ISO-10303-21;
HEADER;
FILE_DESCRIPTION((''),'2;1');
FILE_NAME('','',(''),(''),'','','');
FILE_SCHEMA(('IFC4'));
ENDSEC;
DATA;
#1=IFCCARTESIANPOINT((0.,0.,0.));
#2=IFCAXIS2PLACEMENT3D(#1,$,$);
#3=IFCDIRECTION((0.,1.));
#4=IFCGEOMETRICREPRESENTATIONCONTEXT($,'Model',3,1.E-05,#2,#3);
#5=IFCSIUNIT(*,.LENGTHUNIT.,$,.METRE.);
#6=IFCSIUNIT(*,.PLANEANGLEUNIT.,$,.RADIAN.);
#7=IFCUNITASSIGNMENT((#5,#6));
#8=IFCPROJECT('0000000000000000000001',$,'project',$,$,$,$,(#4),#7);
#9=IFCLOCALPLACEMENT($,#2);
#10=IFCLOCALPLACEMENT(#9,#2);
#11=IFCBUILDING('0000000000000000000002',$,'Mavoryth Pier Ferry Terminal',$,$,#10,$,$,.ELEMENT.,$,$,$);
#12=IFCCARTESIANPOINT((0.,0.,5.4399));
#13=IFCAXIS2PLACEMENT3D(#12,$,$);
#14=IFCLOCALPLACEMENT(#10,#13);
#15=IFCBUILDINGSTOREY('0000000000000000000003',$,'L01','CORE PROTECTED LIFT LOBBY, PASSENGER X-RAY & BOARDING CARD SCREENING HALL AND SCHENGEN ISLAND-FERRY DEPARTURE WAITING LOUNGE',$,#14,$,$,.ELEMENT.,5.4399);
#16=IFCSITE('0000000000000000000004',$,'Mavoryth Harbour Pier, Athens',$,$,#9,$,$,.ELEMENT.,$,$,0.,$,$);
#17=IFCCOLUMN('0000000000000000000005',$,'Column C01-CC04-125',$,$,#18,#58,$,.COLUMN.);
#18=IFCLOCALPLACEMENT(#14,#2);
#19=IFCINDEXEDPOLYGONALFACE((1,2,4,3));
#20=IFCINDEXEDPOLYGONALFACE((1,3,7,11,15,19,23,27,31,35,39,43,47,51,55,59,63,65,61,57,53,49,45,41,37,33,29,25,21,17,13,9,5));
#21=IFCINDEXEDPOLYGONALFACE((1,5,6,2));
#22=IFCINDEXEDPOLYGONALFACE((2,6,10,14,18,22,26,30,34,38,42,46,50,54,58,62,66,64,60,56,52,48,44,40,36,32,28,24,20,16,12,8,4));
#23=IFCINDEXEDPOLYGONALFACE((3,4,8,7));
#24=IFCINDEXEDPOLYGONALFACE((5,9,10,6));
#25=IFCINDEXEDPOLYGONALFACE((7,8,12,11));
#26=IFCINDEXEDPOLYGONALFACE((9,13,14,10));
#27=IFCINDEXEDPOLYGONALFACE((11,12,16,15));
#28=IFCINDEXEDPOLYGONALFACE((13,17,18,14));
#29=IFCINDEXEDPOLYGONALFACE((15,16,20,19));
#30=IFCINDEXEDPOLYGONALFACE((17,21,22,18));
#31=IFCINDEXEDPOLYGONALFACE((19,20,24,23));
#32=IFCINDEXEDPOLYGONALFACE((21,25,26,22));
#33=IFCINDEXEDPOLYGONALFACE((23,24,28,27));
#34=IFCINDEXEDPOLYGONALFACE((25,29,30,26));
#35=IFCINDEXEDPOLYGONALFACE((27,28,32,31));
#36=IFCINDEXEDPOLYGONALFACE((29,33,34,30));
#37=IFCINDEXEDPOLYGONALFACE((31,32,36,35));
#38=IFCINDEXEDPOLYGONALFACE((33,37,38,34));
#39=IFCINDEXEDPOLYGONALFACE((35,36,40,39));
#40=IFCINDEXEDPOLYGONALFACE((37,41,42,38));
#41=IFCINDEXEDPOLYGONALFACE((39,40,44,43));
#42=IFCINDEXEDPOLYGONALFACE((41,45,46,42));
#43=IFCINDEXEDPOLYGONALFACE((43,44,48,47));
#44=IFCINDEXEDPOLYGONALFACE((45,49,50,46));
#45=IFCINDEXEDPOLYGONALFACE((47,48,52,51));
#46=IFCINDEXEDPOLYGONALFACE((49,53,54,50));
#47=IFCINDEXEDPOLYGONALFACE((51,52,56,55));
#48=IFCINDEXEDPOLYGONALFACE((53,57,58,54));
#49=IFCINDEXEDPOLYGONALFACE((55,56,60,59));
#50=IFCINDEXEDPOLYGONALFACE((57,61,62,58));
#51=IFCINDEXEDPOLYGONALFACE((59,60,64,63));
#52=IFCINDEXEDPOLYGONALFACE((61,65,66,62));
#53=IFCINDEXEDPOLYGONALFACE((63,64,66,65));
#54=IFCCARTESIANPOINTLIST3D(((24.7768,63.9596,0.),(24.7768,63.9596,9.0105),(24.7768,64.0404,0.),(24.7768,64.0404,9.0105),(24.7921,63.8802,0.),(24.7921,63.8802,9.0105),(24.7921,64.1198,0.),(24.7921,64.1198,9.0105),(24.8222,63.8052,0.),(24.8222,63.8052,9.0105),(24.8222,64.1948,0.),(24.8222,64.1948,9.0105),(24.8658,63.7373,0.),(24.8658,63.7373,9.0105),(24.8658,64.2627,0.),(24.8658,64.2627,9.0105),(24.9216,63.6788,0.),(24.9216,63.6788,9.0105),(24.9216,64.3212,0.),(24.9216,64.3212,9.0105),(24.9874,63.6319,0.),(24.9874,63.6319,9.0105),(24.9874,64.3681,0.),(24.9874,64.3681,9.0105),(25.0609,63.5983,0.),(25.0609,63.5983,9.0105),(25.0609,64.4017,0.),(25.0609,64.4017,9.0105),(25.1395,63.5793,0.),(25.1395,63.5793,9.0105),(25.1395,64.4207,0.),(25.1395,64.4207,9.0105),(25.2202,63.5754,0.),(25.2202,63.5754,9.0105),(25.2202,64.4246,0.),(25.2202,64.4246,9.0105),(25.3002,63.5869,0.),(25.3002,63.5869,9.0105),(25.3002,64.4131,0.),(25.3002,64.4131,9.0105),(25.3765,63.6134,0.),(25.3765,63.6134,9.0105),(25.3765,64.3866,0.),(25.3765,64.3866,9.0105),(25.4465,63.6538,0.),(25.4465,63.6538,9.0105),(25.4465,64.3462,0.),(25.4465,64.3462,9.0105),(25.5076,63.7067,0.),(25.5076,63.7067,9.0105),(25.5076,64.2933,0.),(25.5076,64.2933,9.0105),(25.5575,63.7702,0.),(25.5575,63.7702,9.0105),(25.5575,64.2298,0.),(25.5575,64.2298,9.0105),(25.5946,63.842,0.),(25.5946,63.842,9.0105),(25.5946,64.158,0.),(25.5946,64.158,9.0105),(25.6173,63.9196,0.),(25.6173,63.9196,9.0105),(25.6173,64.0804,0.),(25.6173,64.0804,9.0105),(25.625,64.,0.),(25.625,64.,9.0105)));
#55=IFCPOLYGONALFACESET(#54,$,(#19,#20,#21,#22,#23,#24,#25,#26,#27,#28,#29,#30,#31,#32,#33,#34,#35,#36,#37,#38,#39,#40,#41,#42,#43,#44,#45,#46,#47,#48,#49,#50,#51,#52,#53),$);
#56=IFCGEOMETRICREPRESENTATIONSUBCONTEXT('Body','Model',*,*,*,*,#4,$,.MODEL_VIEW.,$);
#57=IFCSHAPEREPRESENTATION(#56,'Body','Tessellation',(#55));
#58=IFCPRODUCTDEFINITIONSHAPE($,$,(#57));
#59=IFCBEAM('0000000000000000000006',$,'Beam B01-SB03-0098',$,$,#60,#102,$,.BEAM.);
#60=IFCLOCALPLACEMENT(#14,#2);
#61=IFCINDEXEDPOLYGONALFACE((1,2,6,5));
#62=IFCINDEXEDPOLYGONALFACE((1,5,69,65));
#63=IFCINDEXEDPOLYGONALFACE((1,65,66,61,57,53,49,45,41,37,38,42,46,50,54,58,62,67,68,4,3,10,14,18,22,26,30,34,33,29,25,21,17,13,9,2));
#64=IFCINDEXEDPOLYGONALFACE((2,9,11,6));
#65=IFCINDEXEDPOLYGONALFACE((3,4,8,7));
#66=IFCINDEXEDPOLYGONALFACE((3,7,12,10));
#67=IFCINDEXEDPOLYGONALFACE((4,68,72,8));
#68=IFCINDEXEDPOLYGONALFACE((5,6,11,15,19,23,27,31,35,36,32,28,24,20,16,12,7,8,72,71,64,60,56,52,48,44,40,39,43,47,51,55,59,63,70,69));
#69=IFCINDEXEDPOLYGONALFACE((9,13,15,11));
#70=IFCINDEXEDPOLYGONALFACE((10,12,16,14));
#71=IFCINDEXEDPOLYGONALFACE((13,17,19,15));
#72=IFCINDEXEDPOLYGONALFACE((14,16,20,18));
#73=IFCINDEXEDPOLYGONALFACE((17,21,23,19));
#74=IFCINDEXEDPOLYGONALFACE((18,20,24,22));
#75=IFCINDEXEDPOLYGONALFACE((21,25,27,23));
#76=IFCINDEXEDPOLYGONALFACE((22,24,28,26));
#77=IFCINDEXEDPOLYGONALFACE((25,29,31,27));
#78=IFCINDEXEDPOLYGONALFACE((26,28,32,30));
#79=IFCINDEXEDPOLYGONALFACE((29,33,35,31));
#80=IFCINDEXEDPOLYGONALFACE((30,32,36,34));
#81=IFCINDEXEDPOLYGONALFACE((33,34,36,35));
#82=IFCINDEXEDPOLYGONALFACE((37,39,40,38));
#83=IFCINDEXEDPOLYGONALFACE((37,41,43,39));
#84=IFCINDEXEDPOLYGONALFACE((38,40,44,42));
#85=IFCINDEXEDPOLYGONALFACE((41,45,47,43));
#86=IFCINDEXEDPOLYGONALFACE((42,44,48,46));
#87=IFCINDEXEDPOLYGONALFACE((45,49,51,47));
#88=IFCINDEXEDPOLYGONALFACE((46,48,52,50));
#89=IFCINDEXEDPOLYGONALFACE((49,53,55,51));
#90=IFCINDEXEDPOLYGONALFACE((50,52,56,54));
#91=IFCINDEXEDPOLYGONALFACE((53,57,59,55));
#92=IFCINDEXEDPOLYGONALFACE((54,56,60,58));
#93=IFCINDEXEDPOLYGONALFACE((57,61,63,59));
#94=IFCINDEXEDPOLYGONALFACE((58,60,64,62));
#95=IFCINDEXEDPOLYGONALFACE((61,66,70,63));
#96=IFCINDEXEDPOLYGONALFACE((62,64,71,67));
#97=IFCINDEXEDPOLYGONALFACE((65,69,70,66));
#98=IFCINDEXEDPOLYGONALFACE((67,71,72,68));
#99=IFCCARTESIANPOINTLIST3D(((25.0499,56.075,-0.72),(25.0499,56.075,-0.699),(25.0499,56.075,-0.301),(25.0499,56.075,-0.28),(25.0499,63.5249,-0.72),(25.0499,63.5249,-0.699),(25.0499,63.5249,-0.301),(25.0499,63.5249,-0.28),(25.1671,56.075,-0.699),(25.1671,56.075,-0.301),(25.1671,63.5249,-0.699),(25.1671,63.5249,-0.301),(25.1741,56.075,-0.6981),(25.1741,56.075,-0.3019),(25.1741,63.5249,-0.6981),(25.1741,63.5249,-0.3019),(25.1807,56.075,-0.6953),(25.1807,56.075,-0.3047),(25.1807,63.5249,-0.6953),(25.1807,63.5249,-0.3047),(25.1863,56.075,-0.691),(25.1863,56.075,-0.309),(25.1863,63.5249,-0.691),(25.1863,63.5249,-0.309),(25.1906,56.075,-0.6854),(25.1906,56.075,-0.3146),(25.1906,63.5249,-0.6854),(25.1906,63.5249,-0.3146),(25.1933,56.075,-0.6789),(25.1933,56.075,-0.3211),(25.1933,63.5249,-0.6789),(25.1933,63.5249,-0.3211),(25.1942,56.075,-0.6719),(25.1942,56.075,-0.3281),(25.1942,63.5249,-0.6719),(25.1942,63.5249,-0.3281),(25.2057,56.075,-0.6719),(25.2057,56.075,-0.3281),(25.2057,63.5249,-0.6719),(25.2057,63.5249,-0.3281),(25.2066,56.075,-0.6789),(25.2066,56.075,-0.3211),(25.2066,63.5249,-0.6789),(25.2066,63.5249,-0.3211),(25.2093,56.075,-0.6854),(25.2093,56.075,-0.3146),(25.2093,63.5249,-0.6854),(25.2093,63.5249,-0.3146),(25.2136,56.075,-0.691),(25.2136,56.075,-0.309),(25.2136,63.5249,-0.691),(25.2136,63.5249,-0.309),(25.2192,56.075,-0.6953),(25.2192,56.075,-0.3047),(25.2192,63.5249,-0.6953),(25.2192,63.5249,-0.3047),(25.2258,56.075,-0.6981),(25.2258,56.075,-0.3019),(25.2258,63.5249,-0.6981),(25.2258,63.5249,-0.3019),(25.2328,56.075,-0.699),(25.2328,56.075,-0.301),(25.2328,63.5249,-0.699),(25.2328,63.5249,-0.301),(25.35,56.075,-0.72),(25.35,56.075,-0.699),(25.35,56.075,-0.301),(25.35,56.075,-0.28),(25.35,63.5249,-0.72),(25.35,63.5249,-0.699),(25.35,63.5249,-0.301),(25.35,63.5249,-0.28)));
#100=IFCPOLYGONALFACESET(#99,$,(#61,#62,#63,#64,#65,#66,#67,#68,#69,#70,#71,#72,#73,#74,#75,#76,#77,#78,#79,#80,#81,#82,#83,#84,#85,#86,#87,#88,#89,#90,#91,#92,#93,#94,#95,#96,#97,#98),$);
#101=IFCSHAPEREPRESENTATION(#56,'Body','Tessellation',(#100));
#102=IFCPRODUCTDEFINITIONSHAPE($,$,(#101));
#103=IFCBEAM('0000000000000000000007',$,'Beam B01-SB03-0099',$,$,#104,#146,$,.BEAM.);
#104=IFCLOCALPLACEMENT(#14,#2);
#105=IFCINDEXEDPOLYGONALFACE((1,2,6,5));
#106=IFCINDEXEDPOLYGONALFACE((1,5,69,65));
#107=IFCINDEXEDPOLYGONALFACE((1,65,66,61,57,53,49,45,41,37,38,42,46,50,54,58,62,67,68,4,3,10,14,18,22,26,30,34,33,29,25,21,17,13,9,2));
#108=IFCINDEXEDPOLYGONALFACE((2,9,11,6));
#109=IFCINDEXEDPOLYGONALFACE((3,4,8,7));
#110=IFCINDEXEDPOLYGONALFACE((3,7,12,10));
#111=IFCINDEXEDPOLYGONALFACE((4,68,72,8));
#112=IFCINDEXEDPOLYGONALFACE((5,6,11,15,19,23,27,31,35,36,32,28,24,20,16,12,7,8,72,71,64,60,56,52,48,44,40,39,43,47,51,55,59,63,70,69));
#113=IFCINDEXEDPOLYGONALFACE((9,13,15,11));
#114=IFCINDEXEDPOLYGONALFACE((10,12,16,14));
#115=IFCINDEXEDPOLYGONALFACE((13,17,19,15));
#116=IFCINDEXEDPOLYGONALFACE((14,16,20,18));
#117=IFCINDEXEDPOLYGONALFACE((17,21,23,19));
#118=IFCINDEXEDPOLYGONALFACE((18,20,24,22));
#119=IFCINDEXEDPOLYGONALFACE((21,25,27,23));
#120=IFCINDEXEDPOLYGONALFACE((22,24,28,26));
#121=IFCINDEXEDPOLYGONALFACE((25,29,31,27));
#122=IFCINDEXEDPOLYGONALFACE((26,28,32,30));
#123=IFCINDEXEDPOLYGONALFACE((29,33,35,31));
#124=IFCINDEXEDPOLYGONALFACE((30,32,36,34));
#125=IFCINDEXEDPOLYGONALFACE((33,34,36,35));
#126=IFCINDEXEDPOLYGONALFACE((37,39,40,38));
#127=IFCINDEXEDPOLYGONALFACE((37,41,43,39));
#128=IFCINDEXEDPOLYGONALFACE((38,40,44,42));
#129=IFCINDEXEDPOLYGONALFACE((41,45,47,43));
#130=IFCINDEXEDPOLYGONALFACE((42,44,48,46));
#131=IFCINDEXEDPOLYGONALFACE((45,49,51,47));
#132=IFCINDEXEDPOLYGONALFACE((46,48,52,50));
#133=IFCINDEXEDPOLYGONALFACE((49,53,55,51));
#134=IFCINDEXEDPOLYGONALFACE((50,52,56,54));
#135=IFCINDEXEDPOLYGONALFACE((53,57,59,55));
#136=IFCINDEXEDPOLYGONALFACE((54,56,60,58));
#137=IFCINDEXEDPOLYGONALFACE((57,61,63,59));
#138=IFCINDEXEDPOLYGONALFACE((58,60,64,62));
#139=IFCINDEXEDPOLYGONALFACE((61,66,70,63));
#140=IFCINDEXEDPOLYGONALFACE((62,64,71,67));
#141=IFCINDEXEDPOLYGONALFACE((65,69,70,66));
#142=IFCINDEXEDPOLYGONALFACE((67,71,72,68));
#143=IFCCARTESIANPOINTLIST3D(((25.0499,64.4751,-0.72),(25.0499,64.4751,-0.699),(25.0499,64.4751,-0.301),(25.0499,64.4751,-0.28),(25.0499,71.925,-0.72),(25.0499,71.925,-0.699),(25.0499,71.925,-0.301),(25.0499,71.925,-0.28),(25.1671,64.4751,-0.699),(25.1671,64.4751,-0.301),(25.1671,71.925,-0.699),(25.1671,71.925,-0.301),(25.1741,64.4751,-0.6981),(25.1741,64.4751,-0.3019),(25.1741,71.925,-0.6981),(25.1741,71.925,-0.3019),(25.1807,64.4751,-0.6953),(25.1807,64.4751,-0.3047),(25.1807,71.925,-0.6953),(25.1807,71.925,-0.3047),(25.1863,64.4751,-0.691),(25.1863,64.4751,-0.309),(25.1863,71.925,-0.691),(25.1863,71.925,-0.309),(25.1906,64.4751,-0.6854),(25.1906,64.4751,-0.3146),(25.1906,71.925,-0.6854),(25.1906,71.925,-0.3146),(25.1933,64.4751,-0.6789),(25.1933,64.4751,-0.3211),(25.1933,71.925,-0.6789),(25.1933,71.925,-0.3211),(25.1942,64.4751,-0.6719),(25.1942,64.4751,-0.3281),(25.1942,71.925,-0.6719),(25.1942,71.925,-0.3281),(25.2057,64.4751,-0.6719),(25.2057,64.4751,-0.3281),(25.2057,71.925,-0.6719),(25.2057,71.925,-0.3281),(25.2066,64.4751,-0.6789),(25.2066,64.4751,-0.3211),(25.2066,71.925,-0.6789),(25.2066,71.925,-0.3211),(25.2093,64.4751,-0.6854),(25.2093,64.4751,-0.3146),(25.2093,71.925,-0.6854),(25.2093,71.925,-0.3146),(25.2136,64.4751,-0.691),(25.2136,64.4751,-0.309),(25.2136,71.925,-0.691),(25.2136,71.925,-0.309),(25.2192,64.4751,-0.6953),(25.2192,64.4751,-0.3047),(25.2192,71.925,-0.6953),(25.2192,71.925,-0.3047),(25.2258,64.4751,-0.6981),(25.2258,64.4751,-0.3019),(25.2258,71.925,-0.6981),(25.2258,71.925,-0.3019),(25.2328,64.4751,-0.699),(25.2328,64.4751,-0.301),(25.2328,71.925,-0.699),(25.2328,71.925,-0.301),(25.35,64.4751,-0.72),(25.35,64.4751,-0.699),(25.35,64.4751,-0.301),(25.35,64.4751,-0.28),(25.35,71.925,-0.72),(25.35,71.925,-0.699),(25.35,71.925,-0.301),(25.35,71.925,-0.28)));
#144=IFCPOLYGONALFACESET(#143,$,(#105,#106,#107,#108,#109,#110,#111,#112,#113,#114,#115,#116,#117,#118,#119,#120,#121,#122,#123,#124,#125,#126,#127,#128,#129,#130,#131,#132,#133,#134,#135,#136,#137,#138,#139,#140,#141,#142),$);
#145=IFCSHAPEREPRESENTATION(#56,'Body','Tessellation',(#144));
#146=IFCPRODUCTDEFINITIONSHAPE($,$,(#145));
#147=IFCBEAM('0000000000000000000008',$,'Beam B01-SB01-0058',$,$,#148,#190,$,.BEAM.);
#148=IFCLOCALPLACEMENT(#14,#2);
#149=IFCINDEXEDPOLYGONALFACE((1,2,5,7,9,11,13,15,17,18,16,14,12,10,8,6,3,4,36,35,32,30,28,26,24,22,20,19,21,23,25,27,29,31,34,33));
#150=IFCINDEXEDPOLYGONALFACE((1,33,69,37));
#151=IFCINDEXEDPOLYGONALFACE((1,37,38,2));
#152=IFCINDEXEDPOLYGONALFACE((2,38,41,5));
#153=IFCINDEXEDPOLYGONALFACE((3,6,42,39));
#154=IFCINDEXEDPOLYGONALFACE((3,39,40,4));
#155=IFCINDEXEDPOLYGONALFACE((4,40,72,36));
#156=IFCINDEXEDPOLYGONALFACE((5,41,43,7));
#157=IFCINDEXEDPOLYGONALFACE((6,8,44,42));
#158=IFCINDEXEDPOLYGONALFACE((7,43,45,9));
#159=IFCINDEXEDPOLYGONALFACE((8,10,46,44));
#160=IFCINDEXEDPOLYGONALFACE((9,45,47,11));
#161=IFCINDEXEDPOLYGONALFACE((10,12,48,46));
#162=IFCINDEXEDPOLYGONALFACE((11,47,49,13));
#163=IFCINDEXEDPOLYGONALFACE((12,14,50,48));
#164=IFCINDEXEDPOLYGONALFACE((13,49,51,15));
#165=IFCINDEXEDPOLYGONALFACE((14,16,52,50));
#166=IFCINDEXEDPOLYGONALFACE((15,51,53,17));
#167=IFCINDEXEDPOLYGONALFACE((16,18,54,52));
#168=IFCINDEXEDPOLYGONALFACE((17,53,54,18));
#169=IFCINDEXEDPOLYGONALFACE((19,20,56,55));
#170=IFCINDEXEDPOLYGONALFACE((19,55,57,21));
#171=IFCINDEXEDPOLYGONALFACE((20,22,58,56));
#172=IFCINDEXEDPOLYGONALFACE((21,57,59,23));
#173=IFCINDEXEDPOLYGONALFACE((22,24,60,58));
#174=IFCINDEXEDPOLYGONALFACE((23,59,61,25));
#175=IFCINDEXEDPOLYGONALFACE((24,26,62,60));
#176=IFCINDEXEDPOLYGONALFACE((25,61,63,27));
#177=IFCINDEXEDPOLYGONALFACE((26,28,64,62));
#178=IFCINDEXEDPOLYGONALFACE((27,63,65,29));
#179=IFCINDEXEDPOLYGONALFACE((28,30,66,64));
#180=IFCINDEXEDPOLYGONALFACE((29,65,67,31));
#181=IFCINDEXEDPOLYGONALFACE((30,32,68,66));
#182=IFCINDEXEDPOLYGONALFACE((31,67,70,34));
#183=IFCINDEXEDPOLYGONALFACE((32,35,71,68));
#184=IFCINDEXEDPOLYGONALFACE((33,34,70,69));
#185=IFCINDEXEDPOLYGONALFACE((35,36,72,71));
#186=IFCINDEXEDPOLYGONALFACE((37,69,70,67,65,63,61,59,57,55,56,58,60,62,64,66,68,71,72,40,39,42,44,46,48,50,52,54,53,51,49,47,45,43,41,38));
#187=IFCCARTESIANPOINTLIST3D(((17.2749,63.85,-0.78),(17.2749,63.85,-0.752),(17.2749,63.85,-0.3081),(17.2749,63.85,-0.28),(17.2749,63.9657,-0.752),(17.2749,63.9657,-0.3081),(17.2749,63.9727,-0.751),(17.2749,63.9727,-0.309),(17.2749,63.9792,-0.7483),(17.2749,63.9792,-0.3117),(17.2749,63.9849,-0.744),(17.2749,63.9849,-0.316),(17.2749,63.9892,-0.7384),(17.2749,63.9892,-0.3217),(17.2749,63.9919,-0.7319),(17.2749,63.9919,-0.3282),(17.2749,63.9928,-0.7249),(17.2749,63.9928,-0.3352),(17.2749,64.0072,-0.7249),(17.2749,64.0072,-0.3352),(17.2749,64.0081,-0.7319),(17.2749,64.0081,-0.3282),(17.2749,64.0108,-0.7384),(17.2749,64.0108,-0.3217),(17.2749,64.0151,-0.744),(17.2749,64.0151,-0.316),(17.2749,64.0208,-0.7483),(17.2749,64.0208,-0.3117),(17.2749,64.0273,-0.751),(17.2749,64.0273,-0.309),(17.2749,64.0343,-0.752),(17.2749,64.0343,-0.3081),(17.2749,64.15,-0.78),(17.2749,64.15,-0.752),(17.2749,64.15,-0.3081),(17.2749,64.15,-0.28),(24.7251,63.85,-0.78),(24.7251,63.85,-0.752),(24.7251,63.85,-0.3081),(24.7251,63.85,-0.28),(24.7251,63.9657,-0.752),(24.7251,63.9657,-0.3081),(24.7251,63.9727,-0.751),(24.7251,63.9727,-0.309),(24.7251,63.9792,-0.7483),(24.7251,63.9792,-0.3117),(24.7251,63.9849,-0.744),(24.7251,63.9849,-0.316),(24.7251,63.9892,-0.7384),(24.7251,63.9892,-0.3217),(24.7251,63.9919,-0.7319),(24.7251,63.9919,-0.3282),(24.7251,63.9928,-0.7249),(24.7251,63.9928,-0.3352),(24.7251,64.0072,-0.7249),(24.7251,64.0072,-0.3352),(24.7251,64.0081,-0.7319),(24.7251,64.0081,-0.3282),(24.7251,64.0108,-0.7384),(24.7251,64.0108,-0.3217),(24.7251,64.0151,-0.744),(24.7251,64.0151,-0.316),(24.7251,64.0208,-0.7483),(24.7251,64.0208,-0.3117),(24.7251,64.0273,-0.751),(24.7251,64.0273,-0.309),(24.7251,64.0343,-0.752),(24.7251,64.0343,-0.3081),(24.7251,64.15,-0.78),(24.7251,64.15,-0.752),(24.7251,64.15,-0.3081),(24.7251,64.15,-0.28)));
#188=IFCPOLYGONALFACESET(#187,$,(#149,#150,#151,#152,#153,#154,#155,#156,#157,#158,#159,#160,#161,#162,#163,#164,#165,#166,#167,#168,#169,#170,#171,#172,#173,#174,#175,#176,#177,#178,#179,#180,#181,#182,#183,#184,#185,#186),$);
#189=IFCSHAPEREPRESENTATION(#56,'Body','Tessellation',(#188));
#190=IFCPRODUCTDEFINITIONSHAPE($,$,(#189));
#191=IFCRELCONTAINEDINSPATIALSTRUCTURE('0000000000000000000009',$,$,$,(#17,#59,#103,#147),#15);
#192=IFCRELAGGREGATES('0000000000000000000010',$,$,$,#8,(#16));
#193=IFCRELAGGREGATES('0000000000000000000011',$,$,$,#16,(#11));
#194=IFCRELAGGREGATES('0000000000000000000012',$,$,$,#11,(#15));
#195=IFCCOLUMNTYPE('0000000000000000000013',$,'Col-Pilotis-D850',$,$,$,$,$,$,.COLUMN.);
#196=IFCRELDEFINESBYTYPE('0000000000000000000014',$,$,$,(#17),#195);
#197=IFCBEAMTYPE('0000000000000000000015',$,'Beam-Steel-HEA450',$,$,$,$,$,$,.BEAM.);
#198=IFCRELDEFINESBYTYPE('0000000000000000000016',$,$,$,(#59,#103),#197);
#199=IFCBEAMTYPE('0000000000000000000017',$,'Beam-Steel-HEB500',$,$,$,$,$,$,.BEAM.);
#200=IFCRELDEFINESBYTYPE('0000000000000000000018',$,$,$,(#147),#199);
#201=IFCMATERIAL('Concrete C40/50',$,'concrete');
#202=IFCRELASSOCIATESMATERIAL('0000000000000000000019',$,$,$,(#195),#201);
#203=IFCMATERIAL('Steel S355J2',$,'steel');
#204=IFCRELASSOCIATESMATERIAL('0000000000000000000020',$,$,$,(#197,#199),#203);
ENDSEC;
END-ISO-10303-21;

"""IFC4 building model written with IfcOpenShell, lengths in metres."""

from ifc_helpers import new_model, si_unit, direction, frame, origin, origin_2d, place, context, subcontext, project, spatial, circle, i_section, extrude, material, material_profile, profile_set, type_object, element, save


model = new_model("IFC4")

# Units and contexts
model_context = context("Model", 3, precision=1e-05, world=origin(), true_north=direction((0.0, 1.0)))
body_context = subcontext(model_context, "Body", "Model", "MODEL_VIEW")
ifc_project = project(units=[si_unit("LENGTHUNIT", "METRE"), si_unit("PLANEANGLEUNIT", "RADIAN")], contexts=[model_context])

# Site, building, storey
site_placement = place(None, origin())
site = spatial("IfcSite", under=ifc_project, at=site_placement, Name="Mavoryth Harbour Pier, Athens", CompositionType="ELEMENT", RefElevation=0.0)
building_placement = place(site_placement, origin())
building = spatial("IfcBuilding", under=site, at=building_placement, Name="Mavoryth Pier Ferry Terminal", CompositionType="ELEMENT")
storey_placement = place(building_placement, frame((0.0, 0.0, 5.4399)))
storey = spatial("IfcBuildingStorey", under=building, at=storey_placement, Name="L01", Description="CORE PROTECTED LIFT LOBBY, PASSENGER X-RAY & BOARDING CARD SCREENING HALL AND SCHENGEN ISLAND-FERRY DEPARTURE WAITING LOUNGE", CompositionType="ELEMENT", Elevation=5.4399)

# Column
ifc_material_1 = material(Name="Concrete C40/50", Category="concrete")
ifc_material_profile_1 = material_profile(ifc_material_1, circle(Radius=0.425, at=origin_2d()), Name="RC D850", Category="concrete")
ifc_profile_set_1 = profile_set([ifc_material_profile_1], Name="Concrete C40/50 - RC D850")
column_type = type_object("IfcColumnType", Name="Col-Pilotis-D850", PredefinedType="COLUMN", material=ifc_profile_set_1)
column_placement = place(storey_placement, frame((25.2, 64.0, 0.0), z_axis=(0.0, 0.0, 1.0), x_axis=(1.0, 0.0, 0.0)))
element("IfcColumn", 1, at=column_placement, inside=storey, type_object=column_type, Name="Column C01-CC04-125", PredefinedType="COLUMN", context=body_context, shape_type="SweptSolid", body=[
    extrude(circle(Radius=0.425, at=origin_2d()), origin(), (0.0, 0.0, 1.0), 9.0105),
])

# Beams
ifc_material_2 = material(Name="Steel S355J2", Category="steel")
ifc_material_profile_2 = material_profile(ifc_material_2, i_section(OverallWidth=0.3, OverallDepth=0.4399, WebThickness=0.0115, FlangeThickness=0.021, FilletRadius=0.0271, at=origin_2d()), Name="HEA 450", Category="steel")
ifc_profile_set_2 = profile_set([ifc_material_profile_2], Name="Steel S355J2 - HEA 450")
beam_type_1 = type_object("IfcBeamType", Name="Beam-Steel-HEA450", PredefinedType="BEAM", material=ifc_profile_set_2)
for number, where, z_axis, x_axis, name in (
    (2, (25.2, 56.075, -0.5), (0.0, 1.0, 0.0), (-1.0, 0.0, 0.0), "Beam B01-SB03-0098"),
    (3, (25.2, 64.4751, -0.5), (0.0, 1.0, 0.0), (-1.0, 0.0, 0.0), "Beam B01-SB03-0099"),
):
    element("IfcBeam", number, at=place(storey_placement, frame(where, z_axis=z_axis, x_axis=x_axis)), inside=storey, type_object=beam_type_1, Name=name, PredefinedType="BEAM", context=body_context, shape_type="SweptSolid", body=[
        extrude(i_section(OverallWidth=0.3, OverallDepth=0.4399, WebThickness=0.0115, FlangeThickness=0.021, FilletRadius=0.0271, at=origin_2d()), origin(), (0.0, 0.0, 1.0), 7.45),
    ])
ifc_material_profile_3 = material_profile(ifc_material_2, i_section(OverallWidth=0.3, OverallDepth=0.5, WebThickness=0.0144, FlangeThickness=0.0281, FilletRadius=0.0271, at=origin_2d()), Name="HEB 500", Category="steel")
ifc_profile_set_3 = profile_set([ifc_material_profile_3], Name="Steel S355J2 - HEB 500")
beam_type_2 = type_object("IfcBeamType", Name="Beam-Steel-HEB500", PredefinedType="BEAM", material=ifc_profile_set_3)
beam_1_placement = place(storey_placement, frame((17.2749, 64.0, -0.53), z_axis=(1.0, 0.0, 0.0), x_axis=(0.0, 1.0, 0.0)))
element("IfcBeam", 4, at=beam_1_placement, inside=storey, type_object=beam_type_2, Name="Beam B01-SB01-0058", PredefinedType="BEAM", context=body_context, shape_type="SweptSolid", body=[
    extrude(i_section(OverallWidth=0.3, OverallDepth=0.5, WebThickness=0.0144, FlangeThickness=0.0281, FilletRadius=0.0271, at=origin_2d()), origin(), (0.0, 0.0, 1.0), 7.4502),
])

save(model, "model.ifc")
